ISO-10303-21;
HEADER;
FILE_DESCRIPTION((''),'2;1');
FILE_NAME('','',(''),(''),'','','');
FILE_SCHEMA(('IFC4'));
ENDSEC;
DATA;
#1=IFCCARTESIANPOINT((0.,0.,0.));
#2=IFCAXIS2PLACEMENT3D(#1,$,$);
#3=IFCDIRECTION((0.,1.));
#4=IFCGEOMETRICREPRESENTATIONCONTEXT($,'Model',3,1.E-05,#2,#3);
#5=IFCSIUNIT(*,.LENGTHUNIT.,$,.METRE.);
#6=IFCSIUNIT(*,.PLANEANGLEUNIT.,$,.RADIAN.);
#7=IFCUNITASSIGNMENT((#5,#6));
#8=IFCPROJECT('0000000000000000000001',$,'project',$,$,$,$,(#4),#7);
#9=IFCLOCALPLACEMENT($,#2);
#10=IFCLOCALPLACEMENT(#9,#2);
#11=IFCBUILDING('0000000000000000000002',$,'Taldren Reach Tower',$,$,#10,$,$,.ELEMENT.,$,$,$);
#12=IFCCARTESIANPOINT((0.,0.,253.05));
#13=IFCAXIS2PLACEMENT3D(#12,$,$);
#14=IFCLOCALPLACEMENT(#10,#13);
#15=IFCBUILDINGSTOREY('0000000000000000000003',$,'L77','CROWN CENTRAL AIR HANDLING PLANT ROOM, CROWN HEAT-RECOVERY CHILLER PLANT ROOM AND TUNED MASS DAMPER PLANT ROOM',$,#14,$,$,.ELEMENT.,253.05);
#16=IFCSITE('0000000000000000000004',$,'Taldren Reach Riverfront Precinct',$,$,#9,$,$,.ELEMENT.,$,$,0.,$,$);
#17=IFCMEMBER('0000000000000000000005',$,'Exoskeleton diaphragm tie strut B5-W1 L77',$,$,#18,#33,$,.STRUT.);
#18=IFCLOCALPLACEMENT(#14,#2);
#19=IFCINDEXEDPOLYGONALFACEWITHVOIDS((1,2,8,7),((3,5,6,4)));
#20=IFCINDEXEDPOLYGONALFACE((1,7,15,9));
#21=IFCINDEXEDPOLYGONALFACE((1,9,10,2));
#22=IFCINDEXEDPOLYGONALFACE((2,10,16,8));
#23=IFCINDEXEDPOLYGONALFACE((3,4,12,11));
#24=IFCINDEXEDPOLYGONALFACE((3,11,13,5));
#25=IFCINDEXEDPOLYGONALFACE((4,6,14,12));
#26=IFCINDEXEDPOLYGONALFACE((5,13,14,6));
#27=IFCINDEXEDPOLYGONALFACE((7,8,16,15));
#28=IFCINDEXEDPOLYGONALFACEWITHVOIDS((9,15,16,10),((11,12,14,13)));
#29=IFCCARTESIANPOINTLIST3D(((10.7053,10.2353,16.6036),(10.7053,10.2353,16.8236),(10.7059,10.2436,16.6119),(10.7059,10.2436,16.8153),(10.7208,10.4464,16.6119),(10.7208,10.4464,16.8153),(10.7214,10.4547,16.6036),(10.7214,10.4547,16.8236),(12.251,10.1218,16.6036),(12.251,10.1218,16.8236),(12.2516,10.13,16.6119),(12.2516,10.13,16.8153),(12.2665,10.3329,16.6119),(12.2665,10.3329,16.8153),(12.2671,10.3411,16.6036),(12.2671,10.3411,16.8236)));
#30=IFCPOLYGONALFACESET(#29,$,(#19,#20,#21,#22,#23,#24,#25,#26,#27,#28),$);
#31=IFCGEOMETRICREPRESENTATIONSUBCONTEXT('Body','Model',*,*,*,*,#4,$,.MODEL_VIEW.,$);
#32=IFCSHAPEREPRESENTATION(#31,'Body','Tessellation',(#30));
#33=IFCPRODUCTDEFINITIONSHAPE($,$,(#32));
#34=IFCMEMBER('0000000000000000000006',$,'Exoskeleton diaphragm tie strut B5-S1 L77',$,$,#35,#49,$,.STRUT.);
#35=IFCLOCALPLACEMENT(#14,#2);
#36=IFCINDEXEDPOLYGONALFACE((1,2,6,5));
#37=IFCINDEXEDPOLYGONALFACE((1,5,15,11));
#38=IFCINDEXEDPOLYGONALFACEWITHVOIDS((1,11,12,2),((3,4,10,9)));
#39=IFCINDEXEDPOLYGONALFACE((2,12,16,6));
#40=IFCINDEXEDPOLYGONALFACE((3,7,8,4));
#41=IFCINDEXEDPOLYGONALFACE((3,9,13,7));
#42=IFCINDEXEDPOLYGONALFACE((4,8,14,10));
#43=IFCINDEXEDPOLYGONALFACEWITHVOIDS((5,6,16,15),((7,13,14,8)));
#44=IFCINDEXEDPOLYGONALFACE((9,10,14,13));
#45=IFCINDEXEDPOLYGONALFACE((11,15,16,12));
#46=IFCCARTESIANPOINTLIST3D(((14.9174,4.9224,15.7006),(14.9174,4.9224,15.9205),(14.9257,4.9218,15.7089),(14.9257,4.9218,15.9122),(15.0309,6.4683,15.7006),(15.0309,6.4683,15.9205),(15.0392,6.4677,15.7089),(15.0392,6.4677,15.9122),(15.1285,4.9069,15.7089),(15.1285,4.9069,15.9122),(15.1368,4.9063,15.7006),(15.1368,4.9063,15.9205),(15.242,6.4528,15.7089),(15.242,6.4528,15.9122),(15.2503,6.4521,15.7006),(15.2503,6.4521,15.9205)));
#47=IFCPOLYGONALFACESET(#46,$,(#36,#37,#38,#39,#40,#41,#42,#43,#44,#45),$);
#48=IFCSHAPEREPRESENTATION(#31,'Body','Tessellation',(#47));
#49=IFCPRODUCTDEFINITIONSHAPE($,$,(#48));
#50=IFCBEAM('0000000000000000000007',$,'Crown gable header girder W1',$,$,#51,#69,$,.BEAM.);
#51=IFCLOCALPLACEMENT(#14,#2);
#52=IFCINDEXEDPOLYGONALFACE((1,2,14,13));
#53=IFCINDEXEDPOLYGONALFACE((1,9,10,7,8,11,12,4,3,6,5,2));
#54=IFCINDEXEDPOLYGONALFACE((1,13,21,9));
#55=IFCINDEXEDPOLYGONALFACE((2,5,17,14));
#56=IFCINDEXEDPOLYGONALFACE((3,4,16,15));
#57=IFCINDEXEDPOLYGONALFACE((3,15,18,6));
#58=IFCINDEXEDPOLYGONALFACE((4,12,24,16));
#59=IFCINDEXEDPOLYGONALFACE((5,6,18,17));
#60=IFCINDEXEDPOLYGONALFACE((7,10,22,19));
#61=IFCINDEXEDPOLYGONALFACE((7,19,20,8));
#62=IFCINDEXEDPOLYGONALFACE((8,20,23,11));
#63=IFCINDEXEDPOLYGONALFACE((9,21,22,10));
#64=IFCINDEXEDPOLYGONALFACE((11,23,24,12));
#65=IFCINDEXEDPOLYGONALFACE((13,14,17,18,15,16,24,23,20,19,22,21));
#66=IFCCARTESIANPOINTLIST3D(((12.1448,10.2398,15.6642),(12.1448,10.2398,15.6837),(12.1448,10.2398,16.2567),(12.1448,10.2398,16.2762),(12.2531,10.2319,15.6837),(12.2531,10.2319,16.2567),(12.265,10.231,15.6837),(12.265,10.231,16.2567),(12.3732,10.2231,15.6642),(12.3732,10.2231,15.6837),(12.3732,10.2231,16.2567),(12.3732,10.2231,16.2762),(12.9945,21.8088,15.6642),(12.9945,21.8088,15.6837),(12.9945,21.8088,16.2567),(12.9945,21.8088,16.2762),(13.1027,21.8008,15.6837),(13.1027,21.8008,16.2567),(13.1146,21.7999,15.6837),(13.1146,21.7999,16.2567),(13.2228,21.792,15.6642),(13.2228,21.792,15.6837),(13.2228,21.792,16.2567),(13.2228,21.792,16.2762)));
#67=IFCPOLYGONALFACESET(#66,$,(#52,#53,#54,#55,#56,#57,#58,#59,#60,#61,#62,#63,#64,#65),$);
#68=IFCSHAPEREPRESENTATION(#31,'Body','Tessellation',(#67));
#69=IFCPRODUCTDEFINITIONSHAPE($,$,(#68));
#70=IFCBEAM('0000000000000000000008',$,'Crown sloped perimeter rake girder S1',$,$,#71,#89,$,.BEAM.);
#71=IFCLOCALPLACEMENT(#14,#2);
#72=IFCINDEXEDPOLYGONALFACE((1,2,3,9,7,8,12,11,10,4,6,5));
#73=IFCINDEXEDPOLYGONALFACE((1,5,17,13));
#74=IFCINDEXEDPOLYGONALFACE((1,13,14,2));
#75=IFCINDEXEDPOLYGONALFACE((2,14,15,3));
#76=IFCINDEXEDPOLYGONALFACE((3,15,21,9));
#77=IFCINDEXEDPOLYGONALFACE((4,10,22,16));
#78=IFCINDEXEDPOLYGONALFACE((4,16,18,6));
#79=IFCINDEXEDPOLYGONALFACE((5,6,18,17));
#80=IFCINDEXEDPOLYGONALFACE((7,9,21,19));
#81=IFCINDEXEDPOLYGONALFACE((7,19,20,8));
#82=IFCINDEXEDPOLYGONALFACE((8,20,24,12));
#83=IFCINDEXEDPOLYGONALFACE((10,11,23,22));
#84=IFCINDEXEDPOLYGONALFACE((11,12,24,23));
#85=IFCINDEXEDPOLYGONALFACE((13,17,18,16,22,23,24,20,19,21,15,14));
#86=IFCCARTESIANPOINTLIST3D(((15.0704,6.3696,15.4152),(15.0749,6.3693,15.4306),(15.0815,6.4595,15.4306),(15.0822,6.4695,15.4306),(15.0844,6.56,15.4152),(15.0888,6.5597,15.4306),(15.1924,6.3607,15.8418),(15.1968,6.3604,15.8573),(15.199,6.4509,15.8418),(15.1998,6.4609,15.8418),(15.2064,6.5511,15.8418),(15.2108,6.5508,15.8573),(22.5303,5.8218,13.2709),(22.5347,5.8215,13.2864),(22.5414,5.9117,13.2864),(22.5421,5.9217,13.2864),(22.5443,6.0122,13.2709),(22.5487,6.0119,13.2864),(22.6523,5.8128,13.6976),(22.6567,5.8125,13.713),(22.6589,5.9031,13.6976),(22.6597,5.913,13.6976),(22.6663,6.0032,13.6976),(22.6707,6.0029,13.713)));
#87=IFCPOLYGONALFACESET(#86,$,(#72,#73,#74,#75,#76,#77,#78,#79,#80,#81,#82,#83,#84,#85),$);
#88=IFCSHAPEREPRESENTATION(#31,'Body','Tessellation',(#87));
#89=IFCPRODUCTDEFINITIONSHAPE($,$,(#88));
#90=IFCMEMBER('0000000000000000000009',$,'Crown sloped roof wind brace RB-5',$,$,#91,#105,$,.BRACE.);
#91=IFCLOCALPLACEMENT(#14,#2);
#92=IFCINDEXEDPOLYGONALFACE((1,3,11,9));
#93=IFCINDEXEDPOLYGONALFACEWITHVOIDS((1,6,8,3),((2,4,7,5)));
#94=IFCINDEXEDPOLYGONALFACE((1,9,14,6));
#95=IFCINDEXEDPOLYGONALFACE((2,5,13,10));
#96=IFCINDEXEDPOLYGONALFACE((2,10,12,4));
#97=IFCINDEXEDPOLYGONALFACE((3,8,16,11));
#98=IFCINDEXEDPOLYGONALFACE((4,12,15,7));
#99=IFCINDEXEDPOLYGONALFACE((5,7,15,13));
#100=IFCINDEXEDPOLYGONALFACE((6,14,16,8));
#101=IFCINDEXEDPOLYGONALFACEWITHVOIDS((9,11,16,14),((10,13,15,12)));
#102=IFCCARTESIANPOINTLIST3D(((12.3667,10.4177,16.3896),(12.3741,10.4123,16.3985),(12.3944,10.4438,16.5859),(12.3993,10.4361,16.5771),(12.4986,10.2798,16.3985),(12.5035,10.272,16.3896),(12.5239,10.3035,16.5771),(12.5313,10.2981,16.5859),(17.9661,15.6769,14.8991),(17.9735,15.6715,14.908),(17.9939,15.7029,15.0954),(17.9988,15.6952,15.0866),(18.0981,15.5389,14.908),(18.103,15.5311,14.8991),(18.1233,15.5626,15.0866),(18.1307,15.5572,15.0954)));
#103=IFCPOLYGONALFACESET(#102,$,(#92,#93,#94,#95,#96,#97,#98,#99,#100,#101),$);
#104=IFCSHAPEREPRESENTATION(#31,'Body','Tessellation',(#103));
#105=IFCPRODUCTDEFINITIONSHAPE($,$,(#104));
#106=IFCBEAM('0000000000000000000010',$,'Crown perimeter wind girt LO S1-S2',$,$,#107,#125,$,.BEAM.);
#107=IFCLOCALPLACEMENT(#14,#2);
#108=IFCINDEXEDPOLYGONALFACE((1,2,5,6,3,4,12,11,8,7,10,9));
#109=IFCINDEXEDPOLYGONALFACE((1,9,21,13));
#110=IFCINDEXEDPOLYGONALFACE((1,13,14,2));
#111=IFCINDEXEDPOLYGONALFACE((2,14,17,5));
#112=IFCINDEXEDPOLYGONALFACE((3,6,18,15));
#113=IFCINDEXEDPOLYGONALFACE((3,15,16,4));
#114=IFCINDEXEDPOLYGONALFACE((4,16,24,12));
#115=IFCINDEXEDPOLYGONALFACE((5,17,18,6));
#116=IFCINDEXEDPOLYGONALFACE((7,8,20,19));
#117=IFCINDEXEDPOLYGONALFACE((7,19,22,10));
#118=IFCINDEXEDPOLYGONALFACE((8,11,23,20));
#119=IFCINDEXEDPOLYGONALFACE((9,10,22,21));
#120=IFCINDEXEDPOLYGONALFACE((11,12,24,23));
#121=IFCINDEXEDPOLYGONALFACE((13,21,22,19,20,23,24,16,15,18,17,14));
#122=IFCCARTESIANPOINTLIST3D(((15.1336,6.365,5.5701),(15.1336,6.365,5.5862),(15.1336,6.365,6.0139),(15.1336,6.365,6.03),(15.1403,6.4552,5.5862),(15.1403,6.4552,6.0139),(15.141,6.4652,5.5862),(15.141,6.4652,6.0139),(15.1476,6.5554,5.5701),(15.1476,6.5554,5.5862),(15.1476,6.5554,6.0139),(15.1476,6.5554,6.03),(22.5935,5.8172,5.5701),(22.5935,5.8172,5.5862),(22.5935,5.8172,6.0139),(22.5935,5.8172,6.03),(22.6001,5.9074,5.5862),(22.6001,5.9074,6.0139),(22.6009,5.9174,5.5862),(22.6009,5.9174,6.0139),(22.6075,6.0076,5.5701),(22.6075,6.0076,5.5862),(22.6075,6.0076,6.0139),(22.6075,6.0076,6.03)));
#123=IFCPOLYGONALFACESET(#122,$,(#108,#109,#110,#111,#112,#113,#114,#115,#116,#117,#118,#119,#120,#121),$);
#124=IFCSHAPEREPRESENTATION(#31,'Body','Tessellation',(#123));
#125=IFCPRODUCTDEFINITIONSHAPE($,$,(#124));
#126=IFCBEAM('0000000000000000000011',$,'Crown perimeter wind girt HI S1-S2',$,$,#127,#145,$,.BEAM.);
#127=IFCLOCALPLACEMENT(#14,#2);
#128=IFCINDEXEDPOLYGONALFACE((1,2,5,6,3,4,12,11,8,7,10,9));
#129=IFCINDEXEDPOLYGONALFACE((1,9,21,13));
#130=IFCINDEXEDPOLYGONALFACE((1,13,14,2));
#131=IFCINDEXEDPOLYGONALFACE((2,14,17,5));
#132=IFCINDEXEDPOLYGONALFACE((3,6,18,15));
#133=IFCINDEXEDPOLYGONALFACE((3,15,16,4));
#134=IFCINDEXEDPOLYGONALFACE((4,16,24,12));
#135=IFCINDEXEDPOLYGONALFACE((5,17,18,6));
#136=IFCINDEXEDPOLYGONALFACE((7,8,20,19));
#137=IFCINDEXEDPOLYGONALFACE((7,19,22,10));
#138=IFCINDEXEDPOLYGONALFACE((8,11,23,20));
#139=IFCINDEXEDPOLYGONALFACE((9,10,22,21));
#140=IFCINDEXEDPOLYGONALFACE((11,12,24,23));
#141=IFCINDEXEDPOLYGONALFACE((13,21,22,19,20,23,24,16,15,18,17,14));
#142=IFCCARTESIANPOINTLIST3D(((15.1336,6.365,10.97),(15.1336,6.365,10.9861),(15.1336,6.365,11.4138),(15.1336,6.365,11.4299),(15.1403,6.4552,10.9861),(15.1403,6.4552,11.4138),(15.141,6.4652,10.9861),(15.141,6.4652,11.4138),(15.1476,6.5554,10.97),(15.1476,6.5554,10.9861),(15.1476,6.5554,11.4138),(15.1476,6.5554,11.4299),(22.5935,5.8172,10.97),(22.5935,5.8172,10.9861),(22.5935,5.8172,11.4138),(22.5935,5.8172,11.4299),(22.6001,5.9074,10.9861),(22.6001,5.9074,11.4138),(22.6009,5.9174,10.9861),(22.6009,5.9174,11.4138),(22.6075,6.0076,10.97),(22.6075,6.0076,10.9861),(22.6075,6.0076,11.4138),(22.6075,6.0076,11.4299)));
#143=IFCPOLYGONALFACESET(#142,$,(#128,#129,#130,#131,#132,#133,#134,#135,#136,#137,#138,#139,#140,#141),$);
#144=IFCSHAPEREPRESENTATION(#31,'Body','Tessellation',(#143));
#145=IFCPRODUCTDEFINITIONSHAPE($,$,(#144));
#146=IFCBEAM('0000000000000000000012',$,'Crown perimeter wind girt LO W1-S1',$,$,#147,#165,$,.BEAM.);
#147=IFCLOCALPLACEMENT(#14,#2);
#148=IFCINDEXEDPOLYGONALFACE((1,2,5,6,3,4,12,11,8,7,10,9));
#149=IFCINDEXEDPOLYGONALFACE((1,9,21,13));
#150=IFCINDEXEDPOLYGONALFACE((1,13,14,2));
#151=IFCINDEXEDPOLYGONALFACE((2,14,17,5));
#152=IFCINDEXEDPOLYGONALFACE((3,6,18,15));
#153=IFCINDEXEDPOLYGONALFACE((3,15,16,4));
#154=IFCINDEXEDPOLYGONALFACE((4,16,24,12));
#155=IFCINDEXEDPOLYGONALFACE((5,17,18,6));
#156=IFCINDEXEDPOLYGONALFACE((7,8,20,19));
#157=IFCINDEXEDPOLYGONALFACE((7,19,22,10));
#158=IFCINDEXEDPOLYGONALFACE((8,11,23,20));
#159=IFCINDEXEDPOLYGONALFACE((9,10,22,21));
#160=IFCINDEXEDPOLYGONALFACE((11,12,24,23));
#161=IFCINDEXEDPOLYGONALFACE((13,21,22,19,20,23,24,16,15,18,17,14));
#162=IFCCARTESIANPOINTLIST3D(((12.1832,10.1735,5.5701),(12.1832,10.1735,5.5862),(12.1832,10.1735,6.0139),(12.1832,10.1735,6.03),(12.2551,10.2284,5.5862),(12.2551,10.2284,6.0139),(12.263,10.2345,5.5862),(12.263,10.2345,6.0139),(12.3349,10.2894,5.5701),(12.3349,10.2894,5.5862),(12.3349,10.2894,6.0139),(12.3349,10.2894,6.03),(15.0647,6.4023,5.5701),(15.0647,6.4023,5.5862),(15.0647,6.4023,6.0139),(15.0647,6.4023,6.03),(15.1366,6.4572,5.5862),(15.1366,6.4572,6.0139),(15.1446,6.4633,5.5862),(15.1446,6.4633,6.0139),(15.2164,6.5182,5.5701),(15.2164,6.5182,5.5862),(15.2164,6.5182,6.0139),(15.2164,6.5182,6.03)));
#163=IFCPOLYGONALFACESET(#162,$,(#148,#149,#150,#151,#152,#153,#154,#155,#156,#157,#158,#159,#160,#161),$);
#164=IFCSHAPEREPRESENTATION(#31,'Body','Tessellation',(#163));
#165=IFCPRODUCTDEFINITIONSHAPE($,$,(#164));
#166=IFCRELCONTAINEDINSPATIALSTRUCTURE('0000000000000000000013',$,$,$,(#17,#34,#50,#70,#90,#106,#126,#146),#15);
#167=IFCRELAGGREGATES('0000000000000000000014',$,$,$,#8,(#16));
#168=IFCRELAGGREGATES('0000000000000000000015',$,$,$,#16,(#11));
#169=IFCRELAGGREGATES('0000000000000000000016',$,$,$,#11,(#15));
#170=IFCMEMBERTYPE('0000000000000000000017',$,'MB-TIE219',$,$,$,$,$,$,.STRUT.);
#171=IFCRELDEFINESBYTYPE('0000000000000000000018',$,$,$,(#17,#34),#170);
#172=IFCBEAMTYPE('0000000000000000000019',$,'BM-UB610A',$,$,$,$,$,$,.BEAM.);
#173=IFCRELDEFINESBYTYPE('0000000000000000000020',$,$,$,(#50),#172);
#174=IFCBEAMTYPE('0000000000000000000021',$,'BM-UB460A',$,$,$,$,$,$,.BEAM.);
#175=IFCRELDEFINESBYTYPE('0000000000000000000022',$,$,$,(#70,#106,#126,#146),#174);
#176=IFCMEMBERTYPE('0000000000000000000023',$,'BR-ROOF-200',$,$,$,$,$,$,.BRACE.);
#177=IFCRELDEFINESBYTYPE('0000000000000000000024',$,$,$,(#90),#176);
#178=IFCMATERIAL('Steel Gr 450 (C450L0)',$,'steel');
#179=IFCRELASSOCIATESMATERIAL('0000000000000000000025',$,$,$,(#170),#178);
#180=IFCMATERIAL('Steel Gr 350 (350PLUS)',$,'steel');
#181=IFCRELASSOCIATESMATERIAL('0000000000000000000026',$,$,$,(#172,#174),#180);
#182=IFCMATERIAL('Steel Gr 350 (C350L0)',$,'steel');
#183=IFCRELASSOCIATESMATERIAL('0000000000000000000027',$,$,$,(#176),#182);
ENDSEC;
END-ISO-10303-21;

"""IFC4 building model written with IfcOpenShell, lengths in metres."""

from ifc_helpers import new_model, si_unit, direction, frame, origin, origin_2d, place, context, subcontext, project, spatial, hollow_rectangle, i_section, extrude, source, transform, mapped, material, material_profile, profile_set, type_object, element, save


model = new_model("IFC4")

# Units and contexts
model_context = context("Model", 3, precision=1e-05, world=origin(), true_north=direction((0.0, 1.0)))
body_context = subcontext(model_context, "Body", "Model", "MODEL_VIEW")
ifc_project = project(units=[si_unit("LENGTHUNIT", "METRE"), si_unit("PLANEANGLEUNIT", "RADIAN")], contexts=[model_context])

# Site, building, storey
site_placement = place(None, origin())
site = spatial("IfcSite", under=ifc_project, at=site_placement, Name="Taldren Reach Riverfront Precinct", CompositionType="ELEMENT", RefElevation=0.0)
building_placement = place(site_placement, origin())
building = spatial("IfcBuilding", under=site, at=building_placement, Name="Taldren Reach Tower", CompositionType="ELEMENT")
storey_placement = place(building_placement, frame((0.0, 0.0, 253.05)))
storey = spatial("IfcBuildingStorey", under=building, at=storey_placement, Name="L77", Description="CROWN CENTRAL AIR HANDLING PLANT ROOM, CROWN HEAT-RECOVERY CHILLER PLANT ROOM AND TUNED MASS DAMPER PLANT ROOM", CompositionType="ELEMENT", Elevation=253.05)

# Members
ifc_material_1 = material(Name="Steel Gr 450 (C450L0)", Category="steel")
ifc_material_profile_1 = material_profile(ifc_material_1, hollow_rectangle(XDim=0.22, YDim=0.22, WallThickness=0.0083, at=origin_2d()), Name="220x220x8.2SHS")
ifc_profile_set_1 = profile_set([ifc_material_profile_1], Name="Steel Gr 450 (C450L0)")
member_type_1 = type_object("IfcMemberType", Name="MB-TIE219", PredefinedType="STRUT", material=ifc_profile_set_1)
shared_shape_1 = source(origin(), body_context, "Body", "SweptSolid", [
    extrude(hollow_rectangle(XDim=0.22, YDim=0.22, WallThickness=0.0083, at=origin_2d()), origin(), (0.0, 0.0, 1.0), 1.5498),
])
member_1_placement = place(storey_placement, frame((12.259, 10.2314, 16.7136), z_axis=(-0.997314, 0.073251, 0.0), x_axis=(-0.073251, -0.997314, 0.0)))
element("IfcMember", 1, at=member_1_placement, inside=storey, type_object=member_type_1, Name="Exoskeleton diaphragm tie strut B5-W1 L77", PredefinedType="STRUT", context=body_context, shape_type="MappedRepresentation", body=[
    mapped(shared_shape_1, transform((0.0, 0.0, 0.0), scale=1.0)),
])
shared_shape_2 = source(origin(), body_context, "Body", "SweptSolid", [
    extrude(hollow_rectangle(XDim=0.22, YDim=0.22, WallThickness=0.0083, at=origin_2d()), origin(), (0.0, 0.0, 1.0), 1.55),
])
member_2_placement = place(storey_placement, frame((15.1406, 6.4602, 15.8105), z_axis=(-0.073239, -0.997314, 0.0), x_axis=(0.997314, -0.073239, 0.0)))
element("IfcMember", 2, at=member_2_placement, inside=storey, type_object=member_type_1, Name="Exoskeleton diaphragm tie strut B5-S1 L77", PredefinedType="STRUT", context=body_context, shape_type="MappedRepresentation", body=[
    mapped(shared_shape_2, transform((0.0, 0.0, 0.0), scale=1.0)),
])

# Beams
ifc_material_2 = material(Name="Steel Gr 350 (350PLUS)", Category="steel")
ifc_material_profile_2 = material_profile(ifc_material_2, i_section(OverallWidth=0.229, OverallDepth=0.6121, WebThickness=0.012, FlangeThickness=0.0195, at=origin_2d()), Name="610UB125")
ifc_profile_set_2 = profile_set([ifc_material_profile_2], Name="Steel Gr 350 (350PLUS)")
beam_type_1 = type_object("IfcBeamType", Name="BM-UB610A", PredefinedType="BEAM", material=ifc_profile_set_2)
shared_shape_3 = source(origin(), body_context, "Body", "SweptSolid", [
    extrude(i_section(OverallWidth=0.229, OverallDepth=0.6121, WebThickness=0.012, FlangeThickness=0.0195, at=origin_2d()), origin(), (0.0, 0.0, 1.0), 11.6001),
])
beam_1_placement = place(storey_placement, frame((12.259, 10.2314, 15.9702), z_axis=(0.073242, 0.997314, 0.0), x_axis=(-0.997314, 0.073242, 0.0)))
element("IfcBeam", 3, at=beam_1_placement, inside=storey, type_object=beam_type_1, Name="Crown gable header girder W1", PredefinedType="BEAM", context=body_context, shape_type="MappedRepresentation", body=[
    mapped(shared_shape_3, transform((0.0, 0.0, 0.0), scale=1.0)),
])
ifc_material_profile_3 = material_profile(ifc_material_2, i_section(OverallWidth=0.1909, OverallDepth=0.46, WebThickness=0.01, FlangeThickness=0.0161, at=origin_2d()), Name="460UB82.1")
ifc_profile_set_3 = profile_set([ifc_material_profile_3], Name="Steel Gr 350 (350PLUS)")
beam_type_2 = type_object("IfcBeamType", Name="BM-UB460A", PredefinedType="BEAM", material=ifc_profile_set_3)
shared_shape_4 = source(origin(), body_context, "Body", "SweptSolid", [
    extrude(i_section(OverallWidth=0.1909, OverallDepth=0.46, WebThickness=0.01, FlangeThickness=0.0161, at=origin_2d()), origin(), (0.0, 0.0, 1.0), 7.7812),
])
beam_2_placement = place(storey_placement, frame((15.1406, 6.4602, 15.6362), z_axis=(0.9587, -0.070406, -0.275568), x_axis=(0.073242, 0.997314, 0.0)))
element("IfcBeam", 4, at=beam_2_placement, inside=storey, type_object=beam_type_2, Name="Crown sloped perimeter rake girder S1", PredefinedType="BEAM", context=body_context, shape_type="MappedRepresentation", body=[
    mapped(shared_shape_4, transform((0.0, 0.0, 0.0), scale=1.0)),
])

# Member
ifc_material_3 = material(Name="Steel Gr 350 (C350L0)", Category="steel")
ifc_material_profile_4 = material_profile(ifc_material_3, hollow_rectangle(XDim=0.2, YDim=0.2, WallThickness=0.009, at=origin_2d()), Name="200x200x9.0SHS")
ifc_profile_set_4 = profile_set([ifc_material_profile_4], Name="Steel Gr 350 (C350L0)")
member_type_2 = type_object("IfcMemberType", Name="BR-ROOF-200", PredefinedType="BRACE", material=ifc_profile_set_4)
shared_shape_5 = source(origin(), body_context, "Body", "SweptSolid", [
    extrude(hollow_rectangle(XDim=0.2, YDim=0.2, WallThickness=0.009, at=origin_2d()), origin(), (0.0, 0.0, 1.0), 7.8252),
])
member_3_placement = place(storey_placement, frame((12.449, 10.3579, 16.4878), z_axis=(0.715567, 0.672074, -0.190475), x_axis=(-0.684608, 0.728912, 0.0)))
element("IfcMember", 5, at=member_3_placement, inside=storey, type_object=member_type_2, Name="Crown sloped roof wind brace RB-5", PredefinedType="BRACE", context=body_context, shape_type="MappedRepresentation", body=[
    mapped(shared_shape_5, transform((0.0, 0.0, 0.0), scale=1.0)),
])

# Beams
shared_shape_6 = source(origin(), body_context, "Body", "SweptSolid", [
    extrude(i_section(OverallWidth=0.1909, OverallDepth=0.46, WebThickness=0.01, FlangeThickness=0.0161, at=origin_2d()), origin(), (0.0, 0.0, 1.0), 7.48),
])
for number, where, z_axis, x_axis, name in (
    (6, (15.1406, 6.4602, 5.8), (0.997314, -0.073242, 0.0), (0.073242, 0.997314, 0.0), "Crown perimeter wind girt LO S1-S2"),
    (7, (15.1406, 6.4602, 11.2), (0.997314, -0.073242, 0.0), (0.073242, 0.997314, 0.0), "Crown perimeter wind girt HI S1-S2"),
):
    element("IfcBeam", number, at=place(storey_placement, frame(where, z_axis=z_axis, x_axis=x_axis)), inside=storey, type_object=beam_type_2, Name=name, PredefinedType="BEAM", context=body_context, shape_type="MappedRepresentation", body=[
        mapped(shared_shape_6, transform((0.0, 0.0, 0.0), scale=1.0)),
    ])
shared_shape_7 = source(origin(), body_context, "Body", "SweptSolid", [
    extrude(i_section(OverallWidth=0.1909, OverallDepth=0.46, WebThickness=0.01, FlangeThickness=0.0161, at=origin_2d()), origin(), (0.0, 0.0, 1.0), 4.7461),
])
for number, where, z_axis, x_axis, name in (
    (8, (12.259, 10.2314, 5.8), (0.607145, -0.794591, 0.0), (0.794591, 0.607145, 0.0), "Crown perimeter wind girt LO W1-S1"),
):
    element("IfcBeam", number, at=place(storey_placement, frame(where, z_axis=z_axis, x_axis=x_axis)), inside=storey, type_object=beam_type_2, Name=name, PredefinedType="BEAM", context=body_context, shape_type="MappedRepresentation", body=[
        mapped(shared_shape_7, transform((0.0, 0.0, 0.0), scale=1.0)),
    ])

save(model, "model.ifc")
